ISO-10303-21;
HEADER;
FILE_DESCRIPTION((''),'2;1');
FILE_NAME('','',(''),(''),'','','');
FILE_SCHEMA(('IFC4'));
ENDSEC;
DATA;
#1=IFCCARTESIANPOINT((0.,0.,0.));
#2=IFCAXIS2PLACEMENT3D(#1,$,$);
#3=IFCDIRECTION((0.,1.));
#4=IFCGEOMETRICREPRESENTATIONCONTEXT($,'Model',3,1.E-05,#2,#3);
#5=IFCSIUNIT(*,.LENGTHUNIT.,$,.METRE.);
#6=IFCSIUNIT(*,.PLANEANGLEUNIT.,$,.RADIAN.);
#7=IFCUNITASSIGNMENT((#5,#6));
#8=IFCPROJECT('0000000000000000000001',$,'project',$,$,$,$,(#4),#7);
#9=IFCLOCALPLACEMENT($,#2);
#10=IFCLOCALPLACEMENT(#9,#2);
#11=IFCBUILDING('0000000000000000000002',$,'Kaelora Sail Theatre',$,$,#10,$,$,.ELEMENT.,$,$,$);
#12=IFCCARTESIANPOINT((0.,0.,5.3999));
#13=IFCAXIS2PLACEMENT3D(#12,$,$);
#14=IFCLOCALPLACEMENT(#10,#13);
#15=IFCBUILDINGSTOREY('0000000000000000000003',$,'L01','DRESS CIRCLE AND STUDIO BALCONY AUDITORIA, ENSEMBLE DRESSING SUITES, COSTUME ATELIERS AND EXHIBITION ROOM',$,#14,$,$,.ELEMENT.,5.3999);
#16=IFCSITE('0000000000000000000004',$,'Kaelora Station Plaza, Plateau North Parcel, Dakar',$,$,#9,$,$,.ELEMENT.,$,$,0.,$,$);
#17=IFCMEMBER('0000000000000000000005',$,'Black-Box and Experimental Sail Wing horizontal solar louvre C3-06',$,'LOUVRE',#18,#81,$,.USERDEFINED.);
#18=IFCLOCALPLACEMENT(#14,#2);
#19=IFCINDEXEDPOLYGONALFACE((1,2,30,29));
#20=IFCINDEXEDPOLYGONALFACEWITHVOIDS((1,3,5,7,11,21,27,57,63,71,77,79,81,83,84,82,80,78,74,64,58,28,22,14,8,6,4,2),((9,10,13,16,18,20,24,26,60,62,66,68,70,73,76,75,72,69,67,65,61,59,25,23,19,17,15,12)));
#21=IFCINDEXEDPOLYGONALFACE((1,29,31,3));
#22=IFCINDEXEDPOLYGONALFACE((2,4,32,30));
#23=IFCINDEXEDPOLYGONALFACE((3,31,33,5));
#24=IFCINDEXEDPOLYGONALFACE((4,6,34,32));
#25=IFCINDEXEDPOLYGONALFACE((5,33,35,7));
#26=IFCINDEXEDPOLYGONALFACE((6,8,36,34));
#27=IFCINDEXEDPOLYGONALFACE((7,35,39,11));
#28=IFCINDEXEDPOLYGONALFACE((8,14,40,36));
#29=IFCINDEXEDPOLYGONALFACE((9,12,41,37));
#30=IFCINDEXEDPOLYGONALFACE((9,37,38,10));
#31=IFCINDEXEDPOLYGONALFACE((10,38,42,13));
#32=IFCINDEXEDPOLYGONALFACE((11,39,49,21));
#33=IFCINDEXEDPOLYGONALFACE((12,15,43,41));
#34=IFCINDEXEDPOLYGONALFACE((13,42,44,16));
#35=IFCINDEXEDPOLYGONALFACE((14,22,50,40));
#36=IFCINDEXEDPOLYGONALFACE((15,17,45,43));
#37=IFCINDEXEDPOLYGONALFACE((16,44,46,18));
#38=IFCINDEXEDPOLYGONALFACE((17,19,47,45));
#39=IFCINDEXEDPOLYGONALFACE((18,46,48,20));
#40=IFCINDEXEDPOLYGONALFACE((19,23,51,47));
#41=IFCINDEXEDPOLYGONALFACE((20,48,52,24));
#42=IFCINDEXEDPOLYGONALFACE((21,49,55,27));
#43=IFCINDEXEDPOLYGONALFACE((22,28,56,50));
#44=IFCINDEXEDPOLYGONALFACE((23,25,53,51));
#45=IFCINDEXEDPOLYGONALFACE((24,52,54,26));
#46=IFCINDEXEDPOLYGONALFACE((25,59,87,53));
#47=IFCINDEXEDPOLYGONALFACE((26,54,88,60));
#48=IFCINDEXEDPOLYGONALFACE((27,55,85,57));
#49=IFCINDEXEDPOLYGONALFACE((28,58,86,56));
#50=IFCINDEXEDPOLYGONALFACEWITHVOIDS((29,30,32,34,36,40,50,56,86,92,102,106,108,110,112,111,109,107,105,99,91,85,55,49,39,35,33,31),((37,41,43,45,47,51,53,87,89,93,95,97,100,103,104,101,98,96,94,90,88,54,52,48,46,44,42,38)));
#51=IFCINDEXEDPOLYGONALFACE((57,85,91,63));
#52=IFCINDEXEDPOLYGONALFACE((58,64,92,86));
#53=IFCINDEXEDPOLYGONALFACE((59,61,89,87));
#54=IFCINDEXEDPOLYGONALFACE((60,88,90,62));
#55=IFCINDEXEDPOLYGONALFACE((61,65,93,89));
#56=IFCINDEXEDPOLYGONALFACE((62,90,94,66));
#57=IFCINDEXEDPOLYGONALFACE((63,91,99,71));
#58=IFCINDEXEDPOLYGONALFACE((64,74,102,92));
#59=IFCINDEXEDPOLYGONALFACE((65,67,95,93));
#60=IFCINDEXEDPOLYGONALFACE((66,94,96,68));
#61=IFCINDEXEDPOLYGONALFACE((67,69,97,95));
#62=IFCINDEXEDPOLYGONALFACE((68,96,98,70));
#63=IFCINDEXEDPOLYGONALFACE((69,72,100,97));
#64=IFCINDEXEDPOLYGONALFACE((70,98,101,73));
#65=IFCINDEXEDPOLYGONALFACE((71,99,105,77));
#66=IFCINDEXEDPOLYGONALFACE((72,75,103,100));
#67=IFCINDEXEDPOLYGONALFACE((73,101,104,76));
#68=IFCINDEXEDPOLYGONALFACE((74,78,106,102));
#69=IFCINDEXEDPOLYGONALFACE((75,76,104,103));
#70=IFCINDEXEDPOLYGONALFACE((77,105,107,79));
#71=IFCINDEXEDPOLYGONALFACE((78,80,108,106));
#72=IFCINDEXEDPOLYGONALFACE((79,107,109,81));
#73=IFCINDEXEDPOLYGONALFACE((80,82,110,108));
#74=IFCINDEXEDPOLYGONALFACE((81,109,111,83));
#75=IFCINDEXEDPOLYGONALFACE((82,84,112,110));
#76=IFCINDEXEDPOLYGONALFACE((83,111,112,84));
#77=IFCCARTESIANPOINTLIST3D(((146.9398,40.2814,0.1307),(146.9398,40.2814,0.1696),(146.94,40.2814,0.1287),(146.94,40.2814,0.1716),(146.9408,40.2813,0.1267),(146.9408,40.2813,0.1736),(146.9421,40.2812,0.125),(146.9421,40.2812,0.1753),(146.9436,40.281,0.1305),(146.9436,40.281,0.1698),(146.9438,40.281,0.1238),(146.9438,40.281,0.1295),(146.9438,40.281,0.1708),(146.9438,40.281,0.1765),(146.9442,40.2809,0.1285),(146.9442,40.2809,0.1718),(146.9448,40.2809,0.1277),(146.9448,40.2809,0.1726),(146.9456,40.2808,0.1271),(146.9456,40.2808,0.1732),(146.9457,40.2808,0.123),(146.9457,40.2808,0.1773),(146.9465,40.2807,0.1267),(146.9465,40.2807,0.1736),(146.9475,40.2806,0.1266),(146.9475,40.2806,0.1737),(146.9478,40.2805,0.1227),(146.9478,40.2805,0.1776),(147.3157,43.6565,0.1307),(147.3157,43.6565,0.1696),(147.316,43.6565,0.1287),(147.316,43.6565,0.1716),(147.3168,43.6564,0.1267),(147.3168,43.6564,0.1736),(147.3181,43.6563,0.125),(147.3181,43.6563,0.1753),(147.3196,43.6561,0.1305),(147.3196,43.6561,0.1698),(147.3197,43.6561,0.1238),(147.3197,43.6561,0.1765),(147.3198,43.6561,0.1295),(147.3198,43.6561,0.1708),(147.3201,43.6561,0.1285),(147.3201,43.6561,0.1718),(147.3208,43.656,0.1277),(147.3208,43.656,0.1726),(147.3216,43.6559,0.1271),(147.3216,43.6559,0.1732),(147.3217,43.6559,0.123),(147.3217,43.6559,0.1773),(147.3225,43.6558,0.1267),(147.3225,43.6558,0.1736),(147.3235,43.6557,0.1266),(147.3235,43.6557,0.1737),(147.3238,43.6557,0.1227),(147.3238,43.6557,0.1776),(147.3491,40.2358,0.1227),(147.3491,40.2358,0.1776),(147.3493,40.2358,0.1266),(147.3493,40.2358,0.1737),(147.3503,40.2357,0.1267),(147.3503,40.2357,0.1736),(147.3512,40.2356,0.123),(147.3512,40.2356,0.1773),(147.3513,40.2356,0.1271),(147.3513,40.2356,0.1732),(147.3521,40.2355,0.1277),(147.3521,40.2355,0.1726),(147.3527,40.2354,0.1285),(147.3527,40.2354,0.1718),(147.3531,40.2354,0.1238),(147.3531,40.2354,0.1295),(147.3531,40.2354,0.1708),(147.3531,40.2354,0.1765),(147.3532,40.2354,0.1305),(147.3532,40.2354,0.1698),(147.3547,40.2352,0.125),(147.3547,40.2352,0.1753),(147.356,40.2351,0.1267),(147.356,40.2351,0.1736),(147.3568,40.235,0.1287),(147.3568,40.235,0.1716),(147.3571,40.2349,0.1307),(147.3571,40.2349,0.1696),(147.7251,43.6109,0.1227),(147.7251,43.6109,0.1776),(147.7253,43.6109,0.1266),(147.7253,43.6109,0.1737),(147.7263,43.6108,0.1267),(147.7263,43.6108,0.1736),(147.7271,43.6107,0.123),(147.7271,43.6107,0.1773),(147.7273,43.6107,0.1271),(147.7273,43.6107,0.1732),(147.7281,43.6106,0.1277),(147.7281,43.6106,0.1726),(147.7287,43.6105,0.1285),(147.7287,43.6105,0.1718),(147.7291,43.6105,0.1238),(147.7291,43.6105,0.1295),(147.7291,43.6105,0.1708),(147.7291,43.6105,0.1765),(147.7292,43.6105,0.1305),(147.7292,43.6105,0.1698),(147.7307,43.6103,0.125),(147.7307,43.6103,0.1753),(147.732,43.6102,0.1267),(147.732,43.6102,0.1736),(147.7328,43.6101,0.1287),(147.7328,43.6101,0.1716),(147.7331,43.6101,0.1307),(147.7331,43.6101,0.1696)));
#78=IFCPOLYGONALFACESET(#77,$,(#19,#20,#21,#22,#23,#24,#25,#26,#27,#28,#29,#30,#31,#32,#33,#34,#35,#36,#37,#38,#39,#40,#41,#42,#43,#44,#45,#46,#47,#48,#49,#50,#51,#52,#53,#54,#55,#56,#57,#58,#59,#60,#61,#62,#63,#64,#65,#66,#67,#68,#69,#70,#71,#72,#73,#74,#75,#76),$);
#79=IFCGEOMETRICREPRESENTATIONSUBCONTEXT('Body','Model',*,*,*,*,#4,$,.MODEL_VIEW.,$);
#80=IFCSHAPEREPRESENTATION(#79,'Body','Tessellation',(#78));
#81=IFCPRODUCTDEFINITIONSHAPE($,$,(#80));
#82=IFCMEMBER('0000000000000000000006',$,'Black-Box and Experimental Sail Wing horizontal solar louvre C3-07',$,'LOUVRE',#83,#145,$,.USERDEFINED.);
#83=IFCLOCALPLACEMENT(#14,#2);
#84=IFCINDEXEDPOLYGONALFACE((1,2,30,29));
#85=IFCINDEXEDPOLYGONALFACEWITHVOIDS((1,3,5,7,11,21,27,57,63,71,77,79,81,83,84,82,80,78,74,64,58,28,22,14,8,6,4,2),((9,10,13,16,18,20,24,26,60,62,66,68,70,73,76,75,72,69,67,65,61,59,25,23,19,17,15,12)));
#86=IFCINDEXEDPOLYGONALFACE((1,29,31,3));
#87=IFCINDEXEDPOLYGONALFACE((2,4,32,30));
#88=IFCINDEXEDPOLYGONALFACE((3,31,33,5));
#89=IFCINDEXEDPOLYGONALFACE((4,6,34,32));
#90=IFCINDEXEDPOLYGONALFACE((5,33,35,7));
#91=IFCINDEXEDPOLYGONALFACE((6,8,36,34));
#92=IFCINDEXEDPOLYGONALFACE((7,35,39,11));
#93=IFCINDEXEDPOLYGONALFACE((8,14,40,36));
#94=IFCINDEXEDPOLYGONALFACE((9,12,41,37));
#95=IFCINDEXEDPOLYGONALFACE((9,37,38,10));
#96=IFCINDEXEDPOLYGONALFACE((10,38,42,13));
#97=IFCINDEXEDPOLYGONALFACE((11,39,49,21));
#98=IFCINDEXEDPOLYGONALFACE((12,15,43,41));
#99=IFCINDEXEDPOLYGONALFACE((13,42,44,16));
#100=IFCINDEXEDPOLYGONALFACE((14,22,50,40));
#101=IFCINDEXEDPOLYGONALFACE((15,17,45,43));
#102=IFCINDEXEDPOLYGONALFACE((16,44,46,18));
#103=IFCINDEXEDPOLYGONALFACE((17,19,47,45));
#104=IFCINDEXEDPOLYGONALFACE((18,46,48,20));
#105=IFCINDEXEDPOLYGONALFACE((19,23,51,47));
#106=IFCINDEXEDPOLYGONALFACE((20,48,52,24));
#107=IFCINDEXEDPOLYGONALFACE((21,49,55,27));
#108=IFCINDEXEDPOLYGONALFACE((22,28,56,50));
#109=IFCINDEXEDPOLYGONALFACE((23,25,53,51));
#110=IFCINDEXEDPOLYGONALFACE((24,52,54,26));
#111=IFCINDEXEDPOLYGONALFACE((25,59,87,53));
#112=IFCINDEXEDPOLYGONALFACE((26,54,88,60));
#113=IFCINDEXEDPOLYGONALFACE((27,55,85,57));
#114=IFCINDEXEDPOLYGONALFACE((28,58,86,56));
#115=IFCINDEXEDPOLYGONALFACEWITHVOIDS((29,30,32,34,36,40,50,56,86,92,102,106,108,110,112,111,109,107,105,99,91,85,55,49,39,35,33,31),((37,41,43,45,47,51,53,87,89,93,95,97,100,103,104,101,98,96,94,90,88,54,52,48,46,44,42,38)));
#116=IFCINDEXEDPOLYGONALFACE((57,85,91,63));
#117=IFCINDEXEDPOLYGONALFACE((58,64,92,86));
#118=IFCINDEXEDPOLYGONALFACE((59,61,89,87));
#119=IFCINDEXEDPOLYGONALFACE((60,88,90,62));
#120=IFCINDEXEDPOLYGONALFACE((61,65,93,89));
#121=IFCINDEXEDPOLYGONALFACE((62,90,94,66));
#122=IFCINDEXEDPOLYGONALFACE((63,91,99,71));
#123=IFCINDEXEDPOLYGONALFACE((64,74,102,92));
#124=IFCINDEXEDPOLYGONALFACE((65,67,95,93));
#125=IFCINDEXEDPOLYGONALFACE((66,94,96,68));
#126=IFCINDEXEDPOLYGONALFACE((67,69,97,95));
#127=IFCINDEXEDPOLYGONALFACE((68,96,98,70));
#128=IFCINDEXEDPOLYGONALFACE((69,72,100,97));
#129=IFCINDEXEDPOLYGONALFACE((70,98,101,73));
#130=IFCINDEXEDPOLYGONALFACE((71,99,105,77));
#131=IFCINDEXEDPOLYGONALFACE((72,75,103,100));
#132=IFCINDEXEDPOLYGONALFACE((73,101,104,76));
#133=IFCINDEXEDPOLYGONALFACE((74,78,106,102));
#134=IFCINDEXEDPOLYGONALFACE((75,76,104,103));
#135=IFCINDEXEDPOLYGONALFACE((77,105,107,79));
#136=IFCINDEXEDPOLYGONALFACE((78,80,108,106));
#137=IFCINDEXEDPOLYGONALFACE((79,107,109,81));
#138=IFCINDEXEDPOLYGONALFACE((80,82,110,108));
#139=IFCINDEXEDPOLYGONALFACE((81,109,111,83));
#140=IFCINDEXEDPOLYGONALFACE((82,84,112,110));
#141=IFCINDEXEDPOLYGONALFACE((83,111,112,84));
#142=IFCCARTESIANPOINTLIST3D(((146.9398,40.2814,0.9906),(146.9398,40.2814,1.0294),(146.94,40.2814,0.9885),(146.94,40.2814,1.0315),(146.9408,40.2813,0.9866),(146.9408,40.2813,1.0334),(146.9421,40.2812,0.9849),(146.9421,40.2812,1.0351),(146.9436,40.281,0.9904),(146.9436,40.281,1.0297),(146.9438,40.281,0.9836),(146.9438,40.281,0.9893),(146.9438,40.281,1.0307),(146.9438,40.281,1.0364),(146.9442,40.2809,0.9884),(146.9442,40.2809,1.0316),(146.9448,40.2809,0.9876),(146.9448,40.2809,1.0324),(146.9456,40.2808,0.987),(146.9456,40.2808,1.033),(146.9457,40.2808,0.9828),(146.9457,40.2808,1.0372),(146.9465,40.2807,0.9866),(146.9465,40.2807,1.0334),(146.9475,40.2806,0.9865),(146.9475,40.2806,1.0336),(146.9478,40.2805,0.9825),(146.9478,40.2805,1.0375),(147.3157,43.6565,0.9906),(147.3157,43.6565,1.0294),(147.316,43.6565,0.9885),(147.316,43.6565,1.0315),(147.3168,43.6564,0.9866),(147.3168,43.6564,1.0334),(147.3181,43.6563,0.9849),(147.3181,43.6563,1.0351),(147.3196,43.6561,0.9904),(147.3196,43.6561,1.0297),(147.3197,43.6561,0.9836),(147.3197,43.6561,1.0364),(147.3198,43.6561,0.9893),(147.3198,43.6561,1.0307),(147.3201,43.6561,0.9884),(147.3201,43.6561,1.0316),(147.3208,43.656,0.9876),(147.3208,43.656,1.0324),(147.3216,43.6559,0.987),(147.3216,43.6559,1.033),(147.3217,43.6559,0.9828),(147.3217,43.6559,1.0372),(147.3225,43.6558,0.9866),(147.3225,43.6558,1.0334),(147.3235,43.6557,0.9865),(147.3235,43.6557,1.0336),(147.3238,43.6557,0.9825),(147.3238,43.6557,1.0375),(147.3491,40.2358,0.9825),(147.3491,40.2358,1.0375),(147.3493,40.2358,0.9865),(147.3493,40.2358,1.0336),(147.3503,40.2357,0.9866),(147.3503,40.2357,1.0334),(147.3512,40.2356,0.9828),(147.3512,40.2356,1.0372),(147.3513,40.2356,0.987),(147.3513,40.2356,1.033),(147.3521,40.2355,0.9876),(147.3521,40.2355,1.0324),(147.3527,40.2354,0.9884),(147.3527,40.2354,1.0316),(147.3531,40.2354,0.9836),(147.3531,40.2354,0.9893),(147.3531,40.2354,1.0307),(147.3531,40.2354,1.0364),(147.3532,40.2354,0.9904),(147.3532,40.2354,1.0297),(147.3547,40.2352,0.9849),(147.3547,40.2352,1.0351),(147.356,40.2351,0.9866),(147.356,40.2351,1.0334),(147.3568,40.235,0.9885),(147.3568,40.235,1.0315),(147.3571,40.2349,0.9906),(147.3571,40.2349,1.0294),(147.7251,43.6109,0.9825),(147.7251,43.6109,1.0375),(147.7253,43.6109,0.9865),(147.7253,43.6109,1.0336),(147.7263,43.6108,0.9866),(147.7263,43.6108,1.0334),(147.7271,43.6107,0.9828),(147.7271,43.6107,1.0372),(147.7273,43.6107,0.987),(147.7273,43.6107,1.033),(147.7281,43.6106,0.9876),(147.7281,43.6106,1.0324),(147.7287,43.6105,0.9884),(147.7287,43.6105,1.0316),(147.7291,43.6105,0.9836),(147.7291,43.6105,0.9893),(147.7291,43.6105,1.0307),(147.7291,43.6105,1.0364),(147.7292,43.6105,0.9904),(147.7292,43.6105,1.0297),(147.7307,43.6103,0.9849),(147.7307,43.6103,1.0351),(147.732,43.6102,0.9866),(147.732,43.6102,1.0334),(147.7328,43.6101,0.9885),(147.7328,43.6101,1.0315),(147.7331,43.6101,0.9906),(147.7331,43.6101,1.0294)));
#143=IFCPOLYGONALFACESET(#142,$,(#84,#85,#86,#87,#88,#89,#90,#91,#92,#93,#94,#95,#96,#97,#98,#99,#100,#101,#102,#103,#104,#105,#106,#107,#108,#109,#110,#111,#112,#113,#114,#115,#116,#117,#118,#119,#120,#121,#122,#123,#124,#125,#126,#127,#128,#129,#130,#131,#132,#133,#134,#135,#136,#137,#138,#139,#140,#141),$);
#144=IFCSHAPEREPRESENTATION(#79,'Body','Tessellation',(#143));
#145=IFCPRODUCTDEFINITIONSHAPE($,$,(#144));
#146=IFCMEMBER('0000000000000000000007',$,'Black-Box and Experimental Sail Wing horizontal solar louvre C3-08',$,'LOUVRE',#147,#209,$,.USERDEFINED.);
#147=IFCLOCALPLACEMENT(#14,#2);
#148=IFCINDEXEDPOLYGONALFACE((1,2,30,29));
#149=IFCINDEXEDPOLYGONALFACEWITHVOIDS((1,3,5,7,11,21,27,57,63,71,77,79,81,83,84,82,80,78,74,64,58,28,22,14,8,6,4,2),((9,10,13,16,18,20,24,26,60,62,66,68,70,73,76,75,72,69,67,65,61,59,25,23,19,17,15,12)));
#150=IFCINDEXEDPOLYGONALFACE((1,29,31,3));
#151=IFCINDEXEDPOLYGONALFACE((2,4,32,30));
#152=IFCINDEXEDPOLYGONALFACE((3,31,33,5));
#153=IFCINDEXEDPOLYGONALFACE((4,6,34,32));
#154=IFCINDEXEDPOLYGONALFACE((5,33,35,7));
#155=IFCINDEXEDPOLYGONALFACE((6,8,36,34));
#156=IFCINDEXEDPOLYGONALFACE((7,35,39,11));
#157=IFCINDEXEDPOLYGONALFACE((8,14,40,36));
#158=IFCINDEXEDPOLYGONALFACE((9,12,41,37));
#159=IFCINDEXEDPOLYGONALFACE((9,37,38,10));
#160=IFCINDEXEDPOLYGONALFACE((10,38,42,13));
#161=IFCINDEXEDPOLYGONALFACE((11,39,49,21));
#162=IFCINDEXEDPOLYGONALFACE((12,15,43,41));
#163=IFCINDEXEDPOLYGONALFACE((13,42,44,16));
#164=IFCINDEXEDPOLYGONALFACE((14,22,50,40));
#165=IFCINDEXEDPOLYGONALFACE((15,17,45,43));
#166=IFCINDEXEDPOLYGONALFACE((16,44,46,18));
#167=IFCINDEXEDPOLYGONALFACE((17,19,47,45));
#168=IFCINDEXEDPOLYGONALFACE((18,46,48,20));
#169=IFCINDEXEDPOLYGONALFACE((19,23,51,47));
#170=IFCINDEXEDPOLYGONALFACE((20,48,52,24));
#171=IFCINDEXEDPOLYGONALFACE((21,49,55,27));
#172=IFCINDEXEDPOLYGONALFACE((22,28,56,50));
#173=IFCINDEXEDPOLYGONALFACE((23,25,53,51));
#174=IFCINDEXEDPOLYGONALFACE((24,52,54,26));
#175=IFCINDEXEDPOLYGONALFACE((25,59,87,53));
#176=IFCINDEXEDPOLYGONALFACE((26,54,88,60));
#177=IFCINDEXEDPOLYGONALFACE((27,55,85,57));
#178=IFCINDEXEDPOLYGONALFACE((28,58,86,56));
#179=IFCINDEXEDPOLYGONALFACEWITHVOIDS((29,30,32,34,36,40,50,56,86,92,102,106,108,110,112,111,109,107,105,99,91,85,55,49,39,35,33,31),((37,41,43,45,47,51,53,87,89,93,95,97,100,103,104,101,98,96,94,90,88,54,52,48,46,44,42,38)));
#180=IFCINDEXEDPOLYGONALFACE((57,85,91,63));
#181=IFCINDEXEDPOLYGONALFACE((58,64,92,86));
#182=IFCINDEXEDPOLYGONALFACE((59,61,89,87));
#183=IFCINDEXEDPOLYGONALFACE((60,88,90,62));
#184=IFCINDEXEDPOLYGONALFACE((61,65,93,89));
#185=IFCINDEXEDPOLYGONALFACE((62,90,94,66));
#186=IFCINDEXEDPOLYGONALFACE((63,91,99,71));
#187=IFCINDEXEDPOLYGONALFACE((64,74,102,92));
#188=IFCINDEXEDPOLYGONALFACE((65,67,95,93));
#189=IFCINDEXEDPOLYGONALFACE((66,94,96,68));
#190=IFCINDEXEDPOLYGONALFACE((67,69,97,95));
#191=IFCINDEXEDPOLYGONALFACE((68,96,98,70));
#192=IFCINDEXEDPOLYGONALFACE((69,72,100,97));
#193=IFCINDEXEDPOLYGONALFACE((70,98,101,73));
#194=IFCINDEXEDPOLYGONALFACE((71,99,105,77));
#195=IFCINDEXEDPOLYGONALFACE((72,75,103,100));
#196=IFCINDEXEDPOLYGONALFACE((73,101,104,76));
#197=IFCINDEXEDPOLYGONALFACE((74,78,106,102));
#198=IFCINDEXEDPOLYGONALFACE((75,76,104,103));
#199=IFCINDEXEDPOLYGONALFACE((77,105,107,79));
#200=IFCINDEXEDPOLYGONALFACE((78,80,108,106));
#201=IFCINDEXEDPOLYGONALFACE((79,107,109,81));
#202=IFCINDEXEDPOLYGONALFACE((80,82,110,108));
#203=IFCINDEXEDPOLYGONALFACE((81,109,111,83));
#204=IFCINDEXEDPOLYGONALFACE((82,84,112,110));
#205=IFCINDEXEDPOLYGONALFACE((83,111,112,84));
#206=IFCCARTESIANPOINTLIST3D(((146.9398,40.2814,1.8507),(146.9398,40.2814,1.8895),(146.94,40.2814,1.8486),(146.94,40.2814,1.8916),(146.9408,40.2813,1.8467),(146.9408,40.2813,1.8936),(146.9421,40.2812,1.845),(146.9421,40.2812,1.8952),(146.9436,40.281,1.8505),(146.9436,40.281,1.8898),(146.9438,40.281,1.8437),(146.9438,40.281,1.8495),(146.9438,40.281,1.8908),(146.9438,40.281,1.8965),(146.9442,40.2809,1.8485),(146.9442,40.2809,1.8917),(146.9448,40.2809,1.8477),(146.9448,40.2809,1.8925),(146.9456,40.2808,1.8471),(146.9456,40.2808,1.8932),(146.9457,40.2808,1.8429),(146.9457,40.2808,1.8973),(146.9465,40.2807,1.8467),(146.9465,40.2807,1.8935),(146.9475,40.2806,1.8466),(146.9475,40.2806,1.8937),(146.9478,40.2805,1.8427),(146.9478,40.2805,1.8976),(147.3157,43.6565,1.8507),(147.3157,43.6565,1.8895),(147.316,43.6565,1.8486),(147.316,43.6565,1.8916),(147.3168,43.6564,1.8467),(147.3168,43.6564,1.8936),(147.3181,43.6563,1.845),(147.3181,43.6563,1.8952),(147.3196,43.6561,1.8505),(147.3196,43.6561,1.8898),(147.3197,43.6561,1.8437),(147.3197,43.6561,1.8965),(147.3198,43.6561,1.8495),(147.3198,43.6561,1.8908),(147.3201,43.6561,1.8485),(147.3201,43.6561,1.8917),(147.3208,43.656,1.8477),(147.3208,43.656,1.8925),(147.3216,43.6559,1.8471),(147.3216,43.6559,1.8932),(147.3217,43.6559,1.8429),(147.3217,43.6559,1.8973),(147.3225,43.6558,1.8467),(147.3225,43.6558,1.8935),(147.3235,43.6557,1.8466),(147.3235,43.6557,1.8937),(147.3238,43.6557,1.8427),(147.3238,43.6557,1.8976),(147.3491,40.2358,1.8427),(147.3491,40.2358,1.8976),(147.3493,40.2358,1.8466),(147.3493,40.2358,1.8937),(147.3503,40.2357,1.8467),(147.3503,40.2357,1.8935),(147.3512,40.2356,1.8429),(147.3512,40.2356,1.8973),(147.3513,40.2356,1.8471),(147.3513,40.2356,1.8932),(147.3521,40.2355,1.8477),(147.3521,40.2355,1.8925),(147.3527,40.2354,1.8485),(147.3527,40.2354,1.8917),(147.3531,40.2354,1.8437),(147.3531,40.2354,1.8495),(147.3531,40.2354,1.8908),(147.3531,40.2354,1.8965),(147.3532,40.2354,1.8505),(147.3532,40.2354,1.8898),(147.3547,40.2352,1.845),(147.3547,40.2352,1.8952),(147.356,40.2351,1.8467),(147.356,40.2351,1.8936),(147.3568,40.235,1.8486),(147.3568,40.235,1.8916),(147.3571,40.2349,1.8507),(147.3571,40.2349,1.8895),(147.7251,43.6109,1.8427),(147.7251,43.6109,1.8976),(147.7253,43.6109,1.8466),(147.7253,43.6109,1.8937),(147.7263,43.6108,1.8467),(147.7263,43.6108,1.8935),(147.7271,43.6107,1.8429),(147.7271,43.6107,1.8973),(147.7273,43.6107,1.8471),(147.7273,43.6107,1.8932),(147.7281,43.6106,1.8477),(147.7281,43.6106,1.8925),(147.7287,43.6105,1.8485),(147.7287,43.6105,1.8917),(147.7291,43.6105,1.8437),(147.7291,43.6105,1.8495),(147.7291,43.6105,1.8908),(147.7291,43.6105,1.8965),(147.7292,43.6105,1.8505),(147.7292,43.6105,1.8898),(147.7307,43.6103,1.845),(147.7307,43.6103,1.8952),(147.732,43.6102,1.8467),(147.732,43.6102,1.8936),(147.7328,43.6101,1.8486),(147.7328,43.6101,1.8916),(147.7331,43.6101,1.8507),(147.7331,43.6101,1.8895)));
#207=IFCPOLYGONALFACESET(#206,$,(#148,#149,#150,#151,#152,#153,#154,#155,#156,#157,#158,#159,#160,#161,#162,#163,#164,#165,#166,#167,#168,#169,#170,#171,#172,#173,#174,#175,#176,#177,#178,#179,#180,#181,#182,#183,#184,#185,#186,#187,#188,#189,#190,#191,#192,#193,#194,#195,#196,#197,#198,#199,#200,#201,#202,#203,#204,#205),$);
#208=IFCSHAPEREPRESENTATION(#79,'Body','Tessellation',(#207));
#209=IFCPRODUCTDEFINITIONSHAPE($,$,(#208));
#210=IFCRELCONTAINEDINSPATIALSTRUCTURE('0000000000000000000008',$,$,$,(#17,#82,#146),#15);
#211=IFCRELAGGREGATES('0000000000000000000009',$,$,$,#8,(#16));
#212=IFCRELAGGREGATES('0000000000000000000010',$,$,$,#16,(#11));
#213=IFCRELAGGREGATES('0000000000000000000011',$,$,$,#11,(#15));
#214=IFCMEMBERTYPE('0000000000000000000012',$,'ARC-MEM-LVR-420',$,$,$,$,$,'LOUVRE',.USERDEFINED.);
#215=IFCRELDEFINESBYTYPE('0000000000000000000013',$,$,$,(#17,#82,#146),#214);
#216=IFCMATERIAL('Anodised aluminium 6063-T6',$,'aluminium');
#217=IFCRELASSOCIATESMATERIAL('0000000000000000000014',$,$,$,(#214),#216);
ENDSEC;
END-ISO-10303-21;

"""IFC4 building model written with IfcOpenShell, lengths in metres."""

from ifc_helpers import new_model, si_unit, direction, frame, origin, origin_2d, place, context, subcontext, project, spatial, hollow_rectangle, extrude, material, material_profile, profile_set, type_object, element, save


model = new_model("IFC4")

# Units and contexts
model_context = context("Model", 3, precision=1e-05, world=origin(), true_north=direction((0.0, 1.0)))
body_context = subcontext(model_context, "Body", "Model", "MODEL_VIEW")
ifc_project = project(units=[si_unit("LENGTHUNIT", "METRE"), si_unit("PLANEANGLEUNIT", "RADIAN")], contexts=[model_context])

# Site, building, storey
site_placement = place(None, origin())
site = spatial("IfcSite", under=ifc_project, at=site_placement, Name="Kaelora Station Plaza, Plateau North Parcel, Dakar", CompositionType="ELEMENT", RefElevation=0.0)
building_placement = place(site_placement, origin())
building = spatial("IfcBuilding", under=site, at=building_placement, Name="Kaelora Sail Theatre", CompositionType="ELEMENT")
storey_placement = place(building_placement, frame((0.0, 0.0, 5.3999)))
storey = spatial("IfcBuildingStorey", under=building, at=storey_placement, Name="L01", Description="DRESS CIRCLE AND STUDIO BALCONY AUDITORIA, ENSEMBLE DRESSING SUITES, COSTUME ATELIERS AND EXHIBITION ROOM", CompositionType="ELEMENT", Elevation=5.3999)

# Members
ifc_material_1 = material(Name="Anodised aluminium 6063-T6", Category="aluminium")
ifc_material_profile_1 = material_profile(ifc_material_1, hollow_rectangle(XDim=0.4199, YDim=0.0549, WallThickness=0.0039, InnerFilletRadius=0.0039, OuterFilletRadius=0.0081, at=origin_2d()), Name="LOUVRE 420x55x4")
ifc_profile_set_1 = profile_set([ifc_material_profile_1], Name="Anodised aluminium 6063-T6")
member_type = type_object("IfcMemberType", Name="ARC-MEM-LVR-420", ElementType="LOUVRE", PredefinedType="USERDEFINED", material=ifc_profile_set_1)
for number, where, z_axis, x_axis, name in (
    (1, (147.5244, 43.6333, 0.1501), (-0.110716, -0.993852, 0.0), (0.993852, -0.110716, 0.0), "Black-Box and Experimental Sail Wing horizontal solar louvre C3-06"),
    (2, (147.5244, 43.6333, 1.01), (-0.110716, -0.993852, 0.0), (0.993852, -0.110716, 0.0), "Black-Box and Experimental Sail Wing horizontal solar louvre C3-07"),
    (3, (147.5244, 43.6333, 1.8701), (-0.110716, -0.993852, 0.0), (0.993852, -0.110716, 0.0), "Black-Box and Experimental Sail Wing horizontal solar louvre C3-08"),
):
    element("IfcMember", number, at=place(storey_placement, frame(where, z_axis=z_axis, x_axis=x_axis)), inside=storey, type_object=member_type, Name=name, ObjectType="LOUVRE", PredefinedType="USERDEFINED", context=body_context, shape_type="SweptSolid", body=[
        extrude(hollow_rectangle(XDim=0.4199, YDim=0.0549, WallThickness=0.0039, InnerFilletRadius=0.0039, OuterFilletRadius=0.0081, at=origin_2d()), origin(), (0.0, 0.0, 1.0), 3.396),
    ])

save(model, "model.ifc")
